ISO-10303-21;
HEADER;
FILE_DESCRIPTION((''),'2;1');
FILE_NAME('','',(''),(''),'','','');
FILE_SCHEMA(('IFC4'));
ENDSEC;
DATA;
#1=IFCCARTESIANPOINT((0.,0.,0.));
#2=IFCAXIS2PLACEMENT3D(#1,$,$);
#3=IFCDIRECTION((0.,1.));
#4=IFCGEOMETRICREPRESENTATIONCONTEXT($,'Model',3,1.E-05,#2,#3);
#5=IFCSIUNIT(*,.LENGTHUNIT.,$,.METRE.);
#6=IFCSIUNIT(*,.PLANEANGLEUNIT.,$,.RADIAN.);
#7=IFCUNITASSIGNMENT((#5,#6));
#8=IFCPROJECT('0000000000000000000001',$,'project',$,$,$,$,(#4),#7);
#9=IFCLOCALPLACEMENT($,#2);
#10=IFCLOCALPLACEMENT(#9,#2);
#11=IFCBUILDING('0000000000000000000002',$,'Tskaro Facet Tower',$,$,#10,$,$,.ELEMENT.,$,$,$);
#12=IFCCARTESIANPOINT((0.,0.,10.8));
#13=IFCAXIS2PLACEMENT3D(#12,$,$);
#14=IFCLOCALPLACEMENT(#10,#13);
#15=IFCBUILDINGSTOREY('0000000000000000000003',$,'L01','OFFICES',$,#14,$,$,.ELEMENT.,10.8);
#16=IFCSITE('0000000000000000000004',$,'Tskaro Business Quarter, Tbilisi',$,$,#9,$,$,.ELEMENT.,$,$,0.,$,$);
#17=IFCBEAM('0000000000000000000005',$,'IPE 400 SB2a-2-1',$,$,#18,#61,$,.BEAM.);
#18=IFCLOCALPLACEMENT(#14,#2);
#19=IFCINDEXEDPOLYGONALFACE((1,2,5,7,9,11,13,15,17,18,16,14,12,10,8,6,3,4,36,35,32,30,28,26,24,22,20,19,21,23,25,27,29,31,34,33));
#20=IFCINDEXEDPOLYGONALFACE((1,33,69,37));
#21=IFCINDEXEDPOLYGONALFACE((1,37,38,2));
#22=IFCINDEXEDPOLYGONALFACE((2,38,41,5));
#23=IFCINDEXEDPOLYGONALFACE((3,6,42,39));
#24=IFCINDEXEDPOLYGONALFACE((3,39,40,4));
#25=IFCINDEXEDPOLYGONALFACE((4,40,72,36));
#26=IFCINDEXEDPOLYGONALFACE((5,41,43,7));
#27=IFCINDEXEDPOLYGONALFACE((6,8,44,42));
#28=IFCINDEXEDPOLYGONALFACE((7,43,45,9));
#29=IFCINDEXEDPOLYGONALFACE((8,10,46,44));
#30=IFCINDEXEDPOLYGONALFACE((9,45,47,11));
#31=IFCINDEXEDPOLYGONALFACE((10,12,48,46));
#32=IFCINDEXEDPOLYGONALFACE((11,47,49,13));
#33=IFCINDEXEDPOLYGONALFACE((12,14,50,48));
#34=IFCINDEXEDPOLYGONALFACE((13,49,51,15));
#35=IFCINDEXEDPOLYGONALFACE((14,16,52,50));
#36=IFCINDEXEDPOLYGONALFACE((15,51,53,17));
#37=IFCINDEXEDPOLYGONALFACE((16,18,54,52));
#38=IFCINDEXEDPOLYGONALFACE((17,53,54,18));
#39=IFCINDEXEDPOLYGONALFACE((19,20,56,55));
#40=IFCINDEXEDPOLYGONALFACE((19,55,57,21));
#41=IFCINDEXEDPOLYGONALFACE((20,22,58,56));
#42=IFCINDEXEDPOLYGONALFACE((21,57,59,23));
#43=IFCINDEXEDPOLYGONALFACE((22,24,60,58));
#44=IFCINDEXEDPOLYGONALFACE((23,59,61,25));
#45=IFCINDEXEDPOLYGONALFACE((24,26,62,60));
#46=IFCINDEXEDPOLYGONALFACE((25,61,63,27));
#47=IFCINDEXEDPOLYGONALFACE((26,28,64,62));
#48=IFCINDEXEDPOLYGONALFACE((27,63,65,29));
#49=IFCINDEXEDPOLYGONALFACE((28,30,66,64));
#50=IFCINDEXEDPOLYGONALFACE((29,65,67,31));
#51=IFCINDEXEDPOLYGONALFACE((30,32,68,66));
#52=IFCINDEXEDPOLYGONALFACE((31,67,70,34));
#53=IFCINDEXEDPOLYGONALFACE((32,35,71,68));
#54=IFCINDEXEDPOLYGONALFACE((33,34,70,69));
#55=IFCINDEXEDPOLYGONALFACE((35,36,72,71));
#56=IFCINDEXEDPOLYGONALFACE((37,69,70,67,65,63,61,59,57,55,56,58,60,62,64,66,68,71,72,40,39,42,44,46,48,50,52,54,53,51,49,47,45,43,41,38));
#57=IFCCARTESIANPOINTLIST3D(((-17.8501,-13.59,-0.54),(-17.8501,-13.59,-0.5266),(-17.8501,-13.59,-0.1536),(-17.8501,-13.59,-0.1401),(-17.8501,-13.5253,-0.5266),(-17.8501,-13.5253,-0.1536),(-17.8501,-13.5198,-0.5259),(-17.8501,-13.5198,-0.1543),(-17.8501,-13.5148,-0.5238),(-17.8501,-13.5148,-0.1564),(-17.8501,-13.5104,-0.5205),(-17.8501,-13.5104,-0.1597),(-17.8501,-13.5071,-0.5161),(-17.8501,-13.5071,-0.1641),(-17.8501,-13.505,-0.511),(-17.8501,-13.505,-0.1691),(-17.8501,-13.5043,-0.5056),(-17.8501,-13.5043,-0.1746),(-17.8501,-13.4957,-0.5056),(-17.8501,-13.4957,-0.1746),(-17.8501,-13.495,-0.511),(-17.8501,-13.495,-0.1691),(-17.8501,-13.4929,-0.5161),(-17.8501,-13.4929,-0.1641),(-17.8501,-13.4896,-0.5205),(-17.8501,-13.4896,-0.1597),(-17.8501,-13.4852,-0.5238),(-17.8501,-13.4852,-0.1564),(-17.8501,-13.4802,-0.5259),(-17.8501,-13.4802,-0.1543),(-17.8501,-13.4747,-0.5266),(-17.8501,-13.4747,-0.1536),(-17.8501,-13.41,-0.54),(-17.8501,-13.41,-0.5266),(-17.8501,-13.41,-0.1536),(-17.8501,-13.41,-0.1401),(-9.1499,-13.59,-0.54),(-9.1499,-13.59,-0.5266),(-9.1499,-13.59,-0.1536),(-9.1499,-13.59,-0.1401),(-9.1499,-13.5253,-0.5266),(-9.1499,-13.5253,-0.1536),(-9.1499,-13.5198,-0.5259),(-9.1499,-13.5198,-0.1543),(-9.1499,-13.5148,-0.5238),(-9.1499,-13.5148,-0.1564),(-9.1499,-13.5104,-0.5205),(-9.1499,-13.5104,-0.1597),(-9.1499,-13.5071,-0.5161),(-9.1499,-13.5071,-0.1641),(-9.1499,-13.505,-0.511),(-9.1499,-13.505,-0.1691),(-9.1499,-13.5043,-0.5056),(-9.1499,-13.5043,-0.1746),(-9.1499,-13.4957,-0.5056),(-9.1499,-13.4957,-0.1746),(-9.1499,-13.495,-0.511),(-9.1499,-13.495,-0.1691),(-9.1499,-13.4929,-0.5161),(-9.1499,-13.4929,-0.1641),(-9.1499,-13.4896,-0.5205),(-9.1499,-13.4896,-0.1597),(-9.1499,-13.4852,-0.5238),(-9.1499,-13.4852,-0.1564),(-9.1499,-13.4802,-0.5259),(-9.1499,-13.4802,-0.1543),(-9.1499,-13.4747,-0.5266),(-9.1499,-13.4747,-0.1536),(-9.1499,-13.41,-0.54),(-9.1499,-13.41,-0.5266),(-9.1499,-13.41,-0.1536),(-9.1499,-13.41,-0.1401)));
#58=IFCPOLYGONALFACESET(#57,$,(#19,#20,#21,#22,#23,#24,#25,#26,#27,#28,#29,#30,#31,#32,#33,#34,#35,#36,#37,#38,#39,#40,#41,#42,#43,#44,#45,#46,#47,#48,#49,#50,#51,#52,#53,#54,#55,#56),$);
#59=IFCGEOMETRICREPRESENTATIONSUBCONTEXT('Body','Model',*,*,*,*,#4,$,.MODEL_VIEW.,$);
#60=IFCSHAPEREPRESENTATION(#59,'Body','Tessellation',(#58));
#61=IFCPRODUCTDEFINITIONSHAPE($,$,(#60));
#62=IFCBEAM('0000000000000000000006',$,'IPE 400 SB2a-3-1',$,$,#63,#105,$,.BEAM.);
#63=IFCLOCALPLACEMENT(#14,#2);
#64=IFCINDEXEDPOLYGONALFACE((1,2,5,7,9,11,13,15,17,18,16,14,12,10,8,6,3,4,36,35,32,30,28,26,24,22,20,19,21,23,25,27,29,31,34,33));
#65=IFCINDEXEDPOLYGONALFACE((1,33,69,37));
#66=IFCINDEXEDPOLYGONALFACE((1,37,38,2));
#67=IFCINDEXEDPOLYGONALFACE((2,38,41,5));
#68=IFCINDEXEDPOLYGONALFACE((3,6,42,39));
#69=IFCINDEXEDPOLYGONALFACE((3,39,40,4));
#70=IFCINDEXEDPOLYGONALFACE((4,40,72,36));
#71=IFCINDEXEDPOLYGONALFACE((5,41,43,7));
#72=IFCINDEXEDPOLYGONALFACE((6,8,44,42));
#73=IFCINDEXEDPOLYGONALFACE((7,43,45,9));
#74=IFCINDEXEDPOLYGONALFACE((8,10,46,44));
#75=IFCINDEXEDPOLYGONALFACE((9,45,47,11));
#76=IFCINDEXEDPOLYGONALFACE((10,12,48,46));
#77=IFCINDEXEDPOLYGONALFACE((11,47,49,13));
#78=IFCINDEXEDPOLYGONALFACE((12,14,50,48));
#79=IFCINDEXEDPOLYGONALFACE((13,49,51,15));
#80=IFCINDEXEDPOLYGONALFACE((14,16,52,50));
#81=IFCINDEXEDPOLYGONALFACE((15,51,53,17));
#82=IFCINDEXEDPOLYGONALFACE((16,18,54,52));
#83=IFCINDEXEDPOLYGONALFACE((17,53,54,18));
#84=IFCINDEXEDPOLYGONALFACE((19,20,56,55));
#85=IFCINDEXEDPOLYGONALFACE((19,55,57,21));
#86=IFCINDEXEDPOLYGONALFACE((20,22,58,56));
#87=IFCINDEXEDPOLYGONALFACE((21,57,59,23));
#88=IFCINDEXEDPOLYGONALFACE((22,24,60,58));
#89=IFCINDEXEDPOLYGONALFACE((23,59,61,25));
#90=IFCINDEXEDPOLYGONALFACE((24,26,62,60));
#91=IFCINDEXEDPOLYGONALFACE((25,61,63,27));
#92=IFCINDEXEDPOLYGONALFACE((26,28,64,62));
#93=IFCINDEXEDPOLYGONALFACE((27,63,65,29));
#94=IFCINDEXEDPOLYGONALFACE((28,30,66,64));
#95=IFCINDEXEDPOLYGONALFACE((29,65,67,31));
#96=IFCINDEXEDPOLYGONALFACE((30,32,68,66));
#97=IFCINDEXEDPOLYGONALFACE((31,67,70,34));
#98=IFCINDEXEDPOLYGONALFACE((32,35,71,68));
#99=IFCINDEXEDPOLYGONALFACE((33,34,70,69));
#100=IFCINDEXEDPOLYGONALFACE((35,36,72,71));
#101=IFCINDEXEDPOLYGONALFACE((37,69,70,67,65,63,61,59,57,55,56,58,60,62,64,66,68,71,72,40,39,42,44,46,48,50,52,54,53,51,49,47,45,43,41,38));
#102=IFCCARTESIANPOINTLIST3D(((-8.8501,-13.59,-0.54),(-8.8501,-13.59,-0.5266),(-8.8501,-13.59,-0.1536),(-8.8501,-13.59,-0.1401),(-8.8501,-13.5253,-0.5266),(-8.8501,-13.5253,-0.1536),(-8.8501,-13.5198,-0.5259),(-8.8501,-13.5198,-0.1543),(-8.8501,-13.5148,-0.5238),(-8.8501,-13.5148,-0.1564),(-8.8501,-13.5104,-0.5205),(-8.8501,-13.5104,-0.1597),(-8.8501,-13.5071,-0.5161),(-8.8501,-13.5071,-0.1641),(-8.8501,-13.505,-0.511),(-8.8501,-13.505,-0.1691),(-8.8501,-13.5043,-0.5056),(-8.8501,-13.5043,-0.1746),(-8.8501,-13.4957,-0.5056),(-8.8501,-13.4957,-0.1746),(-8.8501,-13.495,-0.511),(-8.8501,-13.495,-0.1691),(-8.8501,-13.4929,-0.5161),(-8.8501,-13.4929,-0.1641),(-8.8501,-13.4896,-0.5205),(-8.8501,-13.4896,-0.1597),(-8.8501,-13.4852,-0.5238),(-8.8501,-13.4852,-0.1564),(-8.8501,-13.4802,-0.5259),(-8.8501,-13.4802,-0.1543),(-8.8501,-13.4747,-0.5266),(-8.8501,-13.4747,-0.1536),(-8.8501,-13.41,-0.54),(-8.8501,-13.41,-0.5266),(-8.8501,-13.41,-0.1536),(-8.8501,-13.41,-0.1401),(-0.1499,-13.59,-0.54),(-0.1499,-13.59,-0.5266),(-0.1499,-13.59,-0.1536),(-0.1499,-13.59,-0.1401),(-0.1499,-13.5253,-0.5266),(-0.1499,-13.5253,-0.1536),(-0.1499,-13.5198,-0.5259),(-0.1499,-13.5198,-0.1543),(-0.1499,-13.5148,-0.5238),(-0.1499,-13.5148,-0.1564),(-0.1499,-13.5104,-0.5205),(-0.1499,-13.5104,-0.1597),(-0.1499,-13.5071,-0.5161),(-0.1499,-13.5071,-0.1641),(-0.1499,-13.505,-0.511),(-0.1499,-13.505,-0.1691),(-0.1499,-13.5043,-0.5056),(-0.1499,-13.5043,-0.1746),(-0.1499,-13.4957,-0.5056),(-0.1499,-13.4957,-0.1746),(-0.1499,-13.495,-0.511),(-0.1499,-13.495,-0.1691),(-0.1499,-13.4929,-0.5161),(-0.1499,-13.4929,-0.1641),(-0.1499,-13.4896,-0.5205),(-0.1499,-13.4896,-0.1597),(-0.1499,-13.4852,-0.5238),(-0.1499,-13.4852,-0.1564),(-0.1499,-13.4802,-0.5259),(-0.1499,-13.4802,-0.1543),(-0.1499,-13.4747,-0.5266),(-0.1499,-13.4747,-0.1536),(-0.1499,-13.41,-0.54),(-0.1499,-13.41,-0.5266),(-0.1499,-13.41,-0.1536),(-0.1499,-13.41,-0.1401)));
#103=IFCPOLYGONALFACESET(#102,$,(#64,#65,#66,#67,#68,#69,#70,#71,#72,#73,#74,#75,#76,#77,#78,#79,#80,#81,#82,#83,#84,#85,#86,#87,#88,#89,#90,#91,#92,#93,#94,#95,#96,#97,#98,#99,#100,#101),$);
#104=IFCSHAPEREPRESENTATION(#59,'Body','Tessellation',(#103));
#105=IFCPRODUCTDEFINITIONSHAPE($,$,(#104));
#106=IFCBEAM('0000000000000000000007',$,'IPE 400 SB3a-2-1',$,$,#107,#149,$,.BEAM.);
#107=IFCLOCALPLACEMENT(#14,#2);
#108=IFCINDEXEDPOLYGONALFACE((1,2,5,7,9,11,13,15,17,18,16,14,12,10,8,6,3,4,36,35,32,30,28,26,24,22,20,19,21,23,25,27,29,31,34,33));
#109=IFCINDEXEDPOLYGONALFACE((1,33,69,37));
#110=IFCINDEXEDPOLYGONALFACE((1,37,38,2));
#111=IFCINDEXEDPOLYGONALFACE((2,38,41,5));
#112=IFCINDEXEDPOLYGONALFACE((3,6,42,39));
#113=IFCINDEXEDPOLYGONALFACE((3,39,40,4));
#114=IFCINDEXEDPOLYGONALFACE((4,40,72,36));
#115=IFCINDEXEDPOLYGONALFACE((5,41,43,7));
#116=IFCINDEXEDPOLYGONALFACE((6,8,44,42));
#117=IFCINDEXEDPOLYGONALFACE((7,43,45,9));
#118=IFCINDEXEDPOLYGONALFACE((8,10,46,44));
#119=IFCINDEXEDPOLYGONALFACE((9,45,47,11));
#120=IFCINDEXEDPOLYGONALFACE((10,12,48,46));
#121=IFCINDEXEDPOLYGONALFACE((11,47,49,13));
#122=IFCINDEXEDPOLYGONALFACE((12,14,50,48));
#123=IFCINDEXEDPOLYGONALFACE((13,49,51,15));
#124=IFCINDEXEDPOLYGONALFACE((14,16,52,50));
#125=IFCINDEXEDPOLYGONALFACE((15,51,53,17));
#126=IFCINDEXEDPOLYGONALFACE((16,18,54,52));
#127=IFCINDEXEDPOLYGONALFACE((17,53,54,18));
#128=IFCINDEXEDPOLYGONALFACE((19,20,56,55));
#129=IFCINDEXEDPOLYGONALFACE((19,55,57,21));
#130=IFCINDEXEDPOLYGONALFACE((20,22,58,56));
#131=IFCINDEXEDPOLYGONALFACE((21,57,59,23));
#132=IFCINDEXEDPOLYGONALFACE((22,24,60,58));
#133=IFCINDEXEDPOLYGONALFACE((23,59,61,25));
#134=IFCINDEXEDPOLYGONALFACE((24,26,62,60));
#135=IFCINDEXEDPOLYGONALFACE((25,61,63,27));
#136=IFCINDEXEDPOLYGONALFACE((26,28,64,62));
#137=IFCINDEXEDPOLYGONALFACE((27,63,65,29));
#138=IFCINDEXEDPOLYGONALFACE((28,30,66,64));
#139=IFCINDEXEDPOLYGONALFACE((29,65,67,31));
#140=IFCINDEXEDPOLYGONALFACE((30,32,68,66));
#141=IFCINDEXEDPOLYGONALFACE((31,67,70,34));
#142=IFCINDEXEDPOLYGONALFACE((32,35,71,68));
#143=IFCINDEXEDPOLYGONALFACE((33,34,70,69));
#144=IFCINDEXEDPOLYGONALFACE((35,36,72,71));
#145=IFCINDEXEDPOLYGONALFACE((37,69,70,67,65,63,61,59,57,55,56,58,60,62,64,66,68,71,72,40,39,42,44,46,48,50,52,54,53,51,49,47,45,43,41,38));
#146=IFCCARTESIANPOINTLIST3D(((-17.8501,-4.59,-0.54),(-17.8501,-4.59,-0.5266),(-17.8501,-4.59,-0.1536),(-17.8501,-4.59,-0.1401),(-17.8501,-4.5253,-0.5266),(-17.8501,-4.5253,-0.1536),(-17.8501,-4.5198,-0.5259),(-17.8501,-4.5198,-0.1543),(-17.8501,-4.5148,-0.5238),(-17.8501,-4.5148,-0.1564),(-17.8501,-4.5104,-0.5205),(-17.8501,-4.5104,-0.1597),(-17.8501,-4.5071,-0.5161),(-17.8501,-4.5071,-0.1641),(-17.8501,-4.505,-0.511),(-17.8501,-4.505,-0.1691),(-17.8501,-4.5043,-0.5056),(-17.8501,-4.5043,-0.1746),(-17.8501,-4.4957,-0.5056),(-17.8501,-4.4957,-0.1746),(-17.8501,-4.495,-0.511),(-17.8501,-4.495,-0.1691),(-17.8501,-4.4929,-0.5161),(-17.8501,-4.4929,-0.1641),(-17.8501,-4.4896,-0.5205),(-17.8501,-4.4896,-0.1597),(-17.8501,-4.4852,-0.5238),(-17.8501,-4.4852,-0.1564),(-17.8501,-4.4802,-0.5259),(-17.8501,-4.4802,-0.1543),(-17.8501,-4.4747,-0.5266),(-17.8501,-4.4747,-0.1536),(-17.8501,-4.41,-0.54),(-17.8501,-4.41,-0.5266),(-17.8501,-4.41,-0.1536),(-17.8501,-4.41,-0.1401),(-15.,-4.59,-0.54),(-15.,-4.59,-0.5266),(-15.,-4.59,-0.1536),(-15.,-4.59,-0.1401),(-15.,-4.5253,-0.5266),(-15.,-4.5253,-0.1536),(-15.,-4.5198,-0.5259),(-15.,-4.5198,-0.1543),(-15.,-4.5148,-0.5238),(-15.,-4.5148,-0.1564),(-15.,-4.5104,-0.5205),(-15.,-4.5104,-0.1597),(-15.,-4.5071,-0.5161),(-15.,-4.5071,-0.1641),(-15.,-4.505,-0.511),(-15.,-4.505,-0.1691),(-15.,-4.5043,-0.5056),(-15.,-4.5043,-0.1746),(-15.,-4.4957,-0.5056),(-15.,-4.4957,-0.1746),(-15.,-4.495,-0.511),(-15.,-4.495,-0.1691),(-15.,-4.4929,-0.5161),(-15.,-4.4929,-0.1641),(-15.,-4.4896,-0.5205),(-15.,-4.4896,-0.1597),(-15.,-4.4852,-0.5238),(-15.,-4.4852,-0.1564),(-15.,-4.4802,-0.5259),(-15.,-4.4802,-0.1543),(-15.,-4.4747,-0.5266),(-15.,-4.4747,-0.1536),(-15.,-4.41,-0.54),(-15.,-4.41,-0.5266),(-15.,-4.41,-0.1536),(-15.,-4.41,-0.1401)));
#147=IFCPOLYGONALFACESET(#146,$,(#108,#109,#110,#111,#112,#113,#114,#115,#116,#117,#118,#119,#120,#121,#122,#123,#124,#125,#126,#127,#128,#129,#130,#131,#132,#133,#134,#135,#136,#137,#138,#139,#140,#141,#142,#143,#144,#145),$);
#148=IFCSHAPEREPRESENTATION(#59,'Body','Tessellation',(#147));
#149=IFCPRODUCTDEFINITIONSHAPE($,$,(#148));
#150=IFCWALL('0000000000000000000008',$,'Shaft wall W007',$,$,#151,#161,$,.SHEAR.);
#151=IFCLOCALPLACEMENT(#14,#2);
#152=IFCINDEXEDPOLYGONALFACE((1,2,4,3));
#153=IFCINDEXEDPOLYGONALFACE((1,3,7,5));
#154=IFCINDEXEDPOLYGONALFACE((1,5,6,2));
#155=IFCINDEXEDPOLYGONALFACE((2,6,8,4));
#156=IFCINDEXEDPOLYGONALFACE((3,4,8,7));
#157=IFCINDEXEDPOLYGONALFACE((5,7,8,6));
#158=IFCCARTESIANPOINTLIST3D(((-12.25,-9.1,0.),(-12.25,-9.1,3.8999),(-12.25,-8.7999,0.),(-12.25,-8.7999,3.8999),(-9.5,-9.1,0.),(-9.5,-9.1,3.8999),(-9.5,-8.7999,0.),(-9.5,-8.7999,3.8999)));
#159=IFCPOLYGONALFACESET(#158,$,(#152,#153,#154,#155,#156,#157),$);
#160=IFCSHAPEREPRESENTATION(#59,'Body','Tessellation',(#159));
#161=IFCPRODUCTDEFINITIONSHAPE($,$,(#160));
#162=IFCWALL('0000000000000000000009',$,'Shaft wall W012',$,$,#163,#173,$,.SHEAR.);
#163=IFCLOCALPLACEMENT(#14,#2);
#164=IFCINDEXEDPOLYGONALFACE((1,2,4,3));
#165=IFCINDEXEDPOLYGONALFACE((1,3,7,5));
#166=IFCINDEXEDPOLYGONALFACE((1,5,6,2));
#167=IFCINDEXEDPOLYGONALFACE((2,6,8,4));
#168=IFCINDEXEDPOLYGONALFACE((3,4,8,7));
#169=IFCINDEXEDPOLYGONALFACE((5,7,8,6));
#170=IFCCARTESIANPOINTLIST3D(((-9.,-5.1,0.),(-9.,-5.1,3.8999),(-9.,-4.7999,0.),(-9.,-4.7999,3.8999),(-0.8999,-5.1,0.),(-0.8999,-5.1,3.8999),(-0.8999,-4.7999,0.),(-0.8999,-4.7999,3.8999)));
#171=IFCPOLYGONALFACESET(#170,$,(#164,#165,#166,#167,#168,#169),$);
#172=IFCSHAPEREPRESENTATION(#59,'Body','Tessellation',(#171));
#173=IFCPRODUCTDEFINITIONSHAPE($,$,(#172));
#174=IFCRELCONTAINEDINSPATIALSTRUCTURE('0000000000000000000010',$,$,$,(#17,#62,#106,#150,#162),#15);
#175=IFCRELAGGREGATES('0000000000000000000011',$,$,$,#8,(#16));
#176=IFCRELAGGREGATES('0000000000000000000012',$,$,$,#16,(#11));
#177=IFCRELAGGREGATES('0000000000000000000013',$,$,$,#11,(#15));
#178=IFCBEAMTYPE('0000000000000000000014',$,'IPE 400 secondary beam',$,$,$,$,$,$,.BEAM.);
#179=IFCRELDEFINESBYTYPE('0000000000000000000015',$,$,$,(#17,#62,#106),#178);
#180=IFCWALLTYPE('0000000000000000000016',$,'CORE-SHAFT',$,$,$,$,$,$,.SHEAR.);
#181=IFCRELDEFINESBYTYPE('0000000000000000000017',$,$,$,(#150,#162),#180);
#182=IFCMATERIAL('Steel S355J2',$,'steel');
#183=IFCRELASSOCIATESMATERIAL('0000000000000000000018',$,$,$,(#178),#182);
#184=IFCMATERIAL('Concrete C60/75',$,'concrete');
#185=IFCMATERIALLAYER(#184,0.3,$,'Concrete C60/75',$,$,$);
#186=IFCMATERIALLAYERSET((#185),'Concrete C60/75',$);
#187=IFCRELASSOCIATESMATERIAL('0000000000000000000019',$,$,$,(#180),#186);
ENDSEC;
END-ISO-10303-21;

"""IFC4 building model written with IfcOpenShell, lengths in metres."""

from ifc_helpers import new_model, si_unit, direction, frame, frame_2d, origin, origin_2d, place, context, subcontext, project, spatial, rectangle, i_section, extrude, material, layer, layer_set, material_profile, profile_set, type_object, element, save


model = new_model("IFC4")

# Units and contexts
model_context = context("Model", 3, precision=1e-05, world=origin(), true_north=direction((0.0, 1.0)))
body_context = subcontext(model_context, "Body", "Model", "MODEL_VIEW")
ifc_project = project(units=[si_unit("LENGTHUNIT", "METRE"), si_unit("PLANEANGLEUNIT", "RADIAN")], contexts=[model_context])

# Site, building, storey
site_placement = place(None, origin())
site = spatial("IfcSite", under=ifc_project, at=site_placement, Name="Tskaro Business Quarter, Tbilisi", CompositionType="ELEMENT", RefElevation=0.0)
building_placement = place(site_placement, origin())
building = spatial("IfcBuilding", under=site, at=building_placement, Name="Tskaro Facet Tower", CompositionType="ELEMENT")
storey_placement = place(building_placement, frame((0.0, 0.0, 10.8)))
storey = spatial("IfcBuildingStorey", under=building, at=storey_placement, Name="L01", Description="OFFICES", CompositionType="ELEMENT", Elevation=10.8)

# Beams
ifc_material_1 = material(Name="Steel S355J2", Category="steel")
ifc_material_profile_1 = material_profile(ifc_material_1, i_section(OverallWidth=0.1799, OverallDepth=0.3999, WebThickness=0.0085, FlangeThickness=0.0134, FilletRadius=0.021, at=origin_2d()), Name="IPE 400")
ifc_profile_set_1 = profile_set([ifc_material_profile_1], Name="Steel S355J2")
beam_type_1 = type_object("IfcBeamType", Name="IPE 400 secondary beam", PredefinedType="BEAM", material=ifc_profile_set_1)
for number, where, z_axis, x_axis, name in (
    (1, (-17.8501, -13.5, -0.3401), (1.0, 0.0, 0.0), (0.0, 1.0, 0.0), "IPE 400 SB2a-2-1"),
    (2, (-8.8501, -13.5, -0.3401), (1.0, 0.0, 0.0), (0.0, 1.0, 0.0), "IPE 400 SB2a-3-1"),
):
    element("IfcBeam", number, at=place(storey_placement, frame(where, z_axis=z_axis, x_axis=x_axis)), inside=storey, type_object=beam_type_1, Name=name, PredefinedType="BEAM", context=body_context, shape_type="SweptSolid", body=[
        extrude(i_section(OverallWidth=0.1799, OverallDepth=0.3999, WebThickness=0.0085, FlangeThickness=0.0134, FilletRadius=0.021, at=origin_2d()), origin(), (0.0, 0.0, 1.0), 8.7002),
    ])
beam_1_placement = place(storey_placement, frame((-17.8501, -4.5, -0.3401), z_axis=(1.0, 0.0, 0.0), x_axis=(0.0, 1.0, 0.0)))
element("IfcBeam", 3, at=beam_1_placement, inside=storey, type_object=beam_type_1, Name="IPE 400 SB3a-2-1", PredefinedType="BEAM", context=body_context, shape_type="SweptSolid", body=[
    extrude(i_section(OverallWidth=0.1799, OverallDepth=0.3999, WebThickness=0.0085, FlangeThickness=0.0134, FilletRadius=0.021, at=origin_2d()), origin(), (0.0, 0.0, 1.0), 2.8501),
])

# Walls
ifc_material_2 = material(Name="Concrete C60/75", Category="concrete")
ifc_layer_1 = layer(ifc_material_2, 0.3, Name="Concrete C60/75")
ifc_layer_set_1 = layer_set([ifc_layer_1], Name="Concrete C60/75")
wall_type_1 = type_object("IfcWallType", Name="CORE-SHAFT", PredefinedType="SHEAR", material=ifc_layer_set_1)
wall_1_placement = place(storey_placement, frame((-12.25, -8.95, 0.0), z_axis=(0.0, 0.0, 1.0), x_axis=(1.0, 0.0, 0.0)))
element("IfcWall", 4, at=wall_1_placement, inside=storey, type_object=wall_type_1, Name="Shaft wall W007", PredefinedType="SHEAR", context=body_context, shape_type="SweptSolid", body=[
    extrude(rectangle(XDim=2.75, YDim=0.3, at=frame_2d((1.375, 0.0))), origin(), (0.0, 0.0, 1.0), 3.8999),
])
wall_2_placement = place(storey_placement, frame((-9.0, -4.95, 0.0), z_axis=(0.0, 0.0, 1.0), x_axis=(1.0, 0.0, 0.0)))
element("IfcWall", 5, at=wall_2_placement, inside=storey, type_object=wall_type_1, Name="Shaft wall W012", PredefinedType="SHEAR", context=body_context, shape_type="SweptSolid", body=[
    extrude(rectangle(XDim=8.1001, YDim=0.3, at=frame_2d((4.05, 0.0))), origin(), (0.0, 0.0, 1.0), 3.8999),
])

save(model, "model.ifc")
